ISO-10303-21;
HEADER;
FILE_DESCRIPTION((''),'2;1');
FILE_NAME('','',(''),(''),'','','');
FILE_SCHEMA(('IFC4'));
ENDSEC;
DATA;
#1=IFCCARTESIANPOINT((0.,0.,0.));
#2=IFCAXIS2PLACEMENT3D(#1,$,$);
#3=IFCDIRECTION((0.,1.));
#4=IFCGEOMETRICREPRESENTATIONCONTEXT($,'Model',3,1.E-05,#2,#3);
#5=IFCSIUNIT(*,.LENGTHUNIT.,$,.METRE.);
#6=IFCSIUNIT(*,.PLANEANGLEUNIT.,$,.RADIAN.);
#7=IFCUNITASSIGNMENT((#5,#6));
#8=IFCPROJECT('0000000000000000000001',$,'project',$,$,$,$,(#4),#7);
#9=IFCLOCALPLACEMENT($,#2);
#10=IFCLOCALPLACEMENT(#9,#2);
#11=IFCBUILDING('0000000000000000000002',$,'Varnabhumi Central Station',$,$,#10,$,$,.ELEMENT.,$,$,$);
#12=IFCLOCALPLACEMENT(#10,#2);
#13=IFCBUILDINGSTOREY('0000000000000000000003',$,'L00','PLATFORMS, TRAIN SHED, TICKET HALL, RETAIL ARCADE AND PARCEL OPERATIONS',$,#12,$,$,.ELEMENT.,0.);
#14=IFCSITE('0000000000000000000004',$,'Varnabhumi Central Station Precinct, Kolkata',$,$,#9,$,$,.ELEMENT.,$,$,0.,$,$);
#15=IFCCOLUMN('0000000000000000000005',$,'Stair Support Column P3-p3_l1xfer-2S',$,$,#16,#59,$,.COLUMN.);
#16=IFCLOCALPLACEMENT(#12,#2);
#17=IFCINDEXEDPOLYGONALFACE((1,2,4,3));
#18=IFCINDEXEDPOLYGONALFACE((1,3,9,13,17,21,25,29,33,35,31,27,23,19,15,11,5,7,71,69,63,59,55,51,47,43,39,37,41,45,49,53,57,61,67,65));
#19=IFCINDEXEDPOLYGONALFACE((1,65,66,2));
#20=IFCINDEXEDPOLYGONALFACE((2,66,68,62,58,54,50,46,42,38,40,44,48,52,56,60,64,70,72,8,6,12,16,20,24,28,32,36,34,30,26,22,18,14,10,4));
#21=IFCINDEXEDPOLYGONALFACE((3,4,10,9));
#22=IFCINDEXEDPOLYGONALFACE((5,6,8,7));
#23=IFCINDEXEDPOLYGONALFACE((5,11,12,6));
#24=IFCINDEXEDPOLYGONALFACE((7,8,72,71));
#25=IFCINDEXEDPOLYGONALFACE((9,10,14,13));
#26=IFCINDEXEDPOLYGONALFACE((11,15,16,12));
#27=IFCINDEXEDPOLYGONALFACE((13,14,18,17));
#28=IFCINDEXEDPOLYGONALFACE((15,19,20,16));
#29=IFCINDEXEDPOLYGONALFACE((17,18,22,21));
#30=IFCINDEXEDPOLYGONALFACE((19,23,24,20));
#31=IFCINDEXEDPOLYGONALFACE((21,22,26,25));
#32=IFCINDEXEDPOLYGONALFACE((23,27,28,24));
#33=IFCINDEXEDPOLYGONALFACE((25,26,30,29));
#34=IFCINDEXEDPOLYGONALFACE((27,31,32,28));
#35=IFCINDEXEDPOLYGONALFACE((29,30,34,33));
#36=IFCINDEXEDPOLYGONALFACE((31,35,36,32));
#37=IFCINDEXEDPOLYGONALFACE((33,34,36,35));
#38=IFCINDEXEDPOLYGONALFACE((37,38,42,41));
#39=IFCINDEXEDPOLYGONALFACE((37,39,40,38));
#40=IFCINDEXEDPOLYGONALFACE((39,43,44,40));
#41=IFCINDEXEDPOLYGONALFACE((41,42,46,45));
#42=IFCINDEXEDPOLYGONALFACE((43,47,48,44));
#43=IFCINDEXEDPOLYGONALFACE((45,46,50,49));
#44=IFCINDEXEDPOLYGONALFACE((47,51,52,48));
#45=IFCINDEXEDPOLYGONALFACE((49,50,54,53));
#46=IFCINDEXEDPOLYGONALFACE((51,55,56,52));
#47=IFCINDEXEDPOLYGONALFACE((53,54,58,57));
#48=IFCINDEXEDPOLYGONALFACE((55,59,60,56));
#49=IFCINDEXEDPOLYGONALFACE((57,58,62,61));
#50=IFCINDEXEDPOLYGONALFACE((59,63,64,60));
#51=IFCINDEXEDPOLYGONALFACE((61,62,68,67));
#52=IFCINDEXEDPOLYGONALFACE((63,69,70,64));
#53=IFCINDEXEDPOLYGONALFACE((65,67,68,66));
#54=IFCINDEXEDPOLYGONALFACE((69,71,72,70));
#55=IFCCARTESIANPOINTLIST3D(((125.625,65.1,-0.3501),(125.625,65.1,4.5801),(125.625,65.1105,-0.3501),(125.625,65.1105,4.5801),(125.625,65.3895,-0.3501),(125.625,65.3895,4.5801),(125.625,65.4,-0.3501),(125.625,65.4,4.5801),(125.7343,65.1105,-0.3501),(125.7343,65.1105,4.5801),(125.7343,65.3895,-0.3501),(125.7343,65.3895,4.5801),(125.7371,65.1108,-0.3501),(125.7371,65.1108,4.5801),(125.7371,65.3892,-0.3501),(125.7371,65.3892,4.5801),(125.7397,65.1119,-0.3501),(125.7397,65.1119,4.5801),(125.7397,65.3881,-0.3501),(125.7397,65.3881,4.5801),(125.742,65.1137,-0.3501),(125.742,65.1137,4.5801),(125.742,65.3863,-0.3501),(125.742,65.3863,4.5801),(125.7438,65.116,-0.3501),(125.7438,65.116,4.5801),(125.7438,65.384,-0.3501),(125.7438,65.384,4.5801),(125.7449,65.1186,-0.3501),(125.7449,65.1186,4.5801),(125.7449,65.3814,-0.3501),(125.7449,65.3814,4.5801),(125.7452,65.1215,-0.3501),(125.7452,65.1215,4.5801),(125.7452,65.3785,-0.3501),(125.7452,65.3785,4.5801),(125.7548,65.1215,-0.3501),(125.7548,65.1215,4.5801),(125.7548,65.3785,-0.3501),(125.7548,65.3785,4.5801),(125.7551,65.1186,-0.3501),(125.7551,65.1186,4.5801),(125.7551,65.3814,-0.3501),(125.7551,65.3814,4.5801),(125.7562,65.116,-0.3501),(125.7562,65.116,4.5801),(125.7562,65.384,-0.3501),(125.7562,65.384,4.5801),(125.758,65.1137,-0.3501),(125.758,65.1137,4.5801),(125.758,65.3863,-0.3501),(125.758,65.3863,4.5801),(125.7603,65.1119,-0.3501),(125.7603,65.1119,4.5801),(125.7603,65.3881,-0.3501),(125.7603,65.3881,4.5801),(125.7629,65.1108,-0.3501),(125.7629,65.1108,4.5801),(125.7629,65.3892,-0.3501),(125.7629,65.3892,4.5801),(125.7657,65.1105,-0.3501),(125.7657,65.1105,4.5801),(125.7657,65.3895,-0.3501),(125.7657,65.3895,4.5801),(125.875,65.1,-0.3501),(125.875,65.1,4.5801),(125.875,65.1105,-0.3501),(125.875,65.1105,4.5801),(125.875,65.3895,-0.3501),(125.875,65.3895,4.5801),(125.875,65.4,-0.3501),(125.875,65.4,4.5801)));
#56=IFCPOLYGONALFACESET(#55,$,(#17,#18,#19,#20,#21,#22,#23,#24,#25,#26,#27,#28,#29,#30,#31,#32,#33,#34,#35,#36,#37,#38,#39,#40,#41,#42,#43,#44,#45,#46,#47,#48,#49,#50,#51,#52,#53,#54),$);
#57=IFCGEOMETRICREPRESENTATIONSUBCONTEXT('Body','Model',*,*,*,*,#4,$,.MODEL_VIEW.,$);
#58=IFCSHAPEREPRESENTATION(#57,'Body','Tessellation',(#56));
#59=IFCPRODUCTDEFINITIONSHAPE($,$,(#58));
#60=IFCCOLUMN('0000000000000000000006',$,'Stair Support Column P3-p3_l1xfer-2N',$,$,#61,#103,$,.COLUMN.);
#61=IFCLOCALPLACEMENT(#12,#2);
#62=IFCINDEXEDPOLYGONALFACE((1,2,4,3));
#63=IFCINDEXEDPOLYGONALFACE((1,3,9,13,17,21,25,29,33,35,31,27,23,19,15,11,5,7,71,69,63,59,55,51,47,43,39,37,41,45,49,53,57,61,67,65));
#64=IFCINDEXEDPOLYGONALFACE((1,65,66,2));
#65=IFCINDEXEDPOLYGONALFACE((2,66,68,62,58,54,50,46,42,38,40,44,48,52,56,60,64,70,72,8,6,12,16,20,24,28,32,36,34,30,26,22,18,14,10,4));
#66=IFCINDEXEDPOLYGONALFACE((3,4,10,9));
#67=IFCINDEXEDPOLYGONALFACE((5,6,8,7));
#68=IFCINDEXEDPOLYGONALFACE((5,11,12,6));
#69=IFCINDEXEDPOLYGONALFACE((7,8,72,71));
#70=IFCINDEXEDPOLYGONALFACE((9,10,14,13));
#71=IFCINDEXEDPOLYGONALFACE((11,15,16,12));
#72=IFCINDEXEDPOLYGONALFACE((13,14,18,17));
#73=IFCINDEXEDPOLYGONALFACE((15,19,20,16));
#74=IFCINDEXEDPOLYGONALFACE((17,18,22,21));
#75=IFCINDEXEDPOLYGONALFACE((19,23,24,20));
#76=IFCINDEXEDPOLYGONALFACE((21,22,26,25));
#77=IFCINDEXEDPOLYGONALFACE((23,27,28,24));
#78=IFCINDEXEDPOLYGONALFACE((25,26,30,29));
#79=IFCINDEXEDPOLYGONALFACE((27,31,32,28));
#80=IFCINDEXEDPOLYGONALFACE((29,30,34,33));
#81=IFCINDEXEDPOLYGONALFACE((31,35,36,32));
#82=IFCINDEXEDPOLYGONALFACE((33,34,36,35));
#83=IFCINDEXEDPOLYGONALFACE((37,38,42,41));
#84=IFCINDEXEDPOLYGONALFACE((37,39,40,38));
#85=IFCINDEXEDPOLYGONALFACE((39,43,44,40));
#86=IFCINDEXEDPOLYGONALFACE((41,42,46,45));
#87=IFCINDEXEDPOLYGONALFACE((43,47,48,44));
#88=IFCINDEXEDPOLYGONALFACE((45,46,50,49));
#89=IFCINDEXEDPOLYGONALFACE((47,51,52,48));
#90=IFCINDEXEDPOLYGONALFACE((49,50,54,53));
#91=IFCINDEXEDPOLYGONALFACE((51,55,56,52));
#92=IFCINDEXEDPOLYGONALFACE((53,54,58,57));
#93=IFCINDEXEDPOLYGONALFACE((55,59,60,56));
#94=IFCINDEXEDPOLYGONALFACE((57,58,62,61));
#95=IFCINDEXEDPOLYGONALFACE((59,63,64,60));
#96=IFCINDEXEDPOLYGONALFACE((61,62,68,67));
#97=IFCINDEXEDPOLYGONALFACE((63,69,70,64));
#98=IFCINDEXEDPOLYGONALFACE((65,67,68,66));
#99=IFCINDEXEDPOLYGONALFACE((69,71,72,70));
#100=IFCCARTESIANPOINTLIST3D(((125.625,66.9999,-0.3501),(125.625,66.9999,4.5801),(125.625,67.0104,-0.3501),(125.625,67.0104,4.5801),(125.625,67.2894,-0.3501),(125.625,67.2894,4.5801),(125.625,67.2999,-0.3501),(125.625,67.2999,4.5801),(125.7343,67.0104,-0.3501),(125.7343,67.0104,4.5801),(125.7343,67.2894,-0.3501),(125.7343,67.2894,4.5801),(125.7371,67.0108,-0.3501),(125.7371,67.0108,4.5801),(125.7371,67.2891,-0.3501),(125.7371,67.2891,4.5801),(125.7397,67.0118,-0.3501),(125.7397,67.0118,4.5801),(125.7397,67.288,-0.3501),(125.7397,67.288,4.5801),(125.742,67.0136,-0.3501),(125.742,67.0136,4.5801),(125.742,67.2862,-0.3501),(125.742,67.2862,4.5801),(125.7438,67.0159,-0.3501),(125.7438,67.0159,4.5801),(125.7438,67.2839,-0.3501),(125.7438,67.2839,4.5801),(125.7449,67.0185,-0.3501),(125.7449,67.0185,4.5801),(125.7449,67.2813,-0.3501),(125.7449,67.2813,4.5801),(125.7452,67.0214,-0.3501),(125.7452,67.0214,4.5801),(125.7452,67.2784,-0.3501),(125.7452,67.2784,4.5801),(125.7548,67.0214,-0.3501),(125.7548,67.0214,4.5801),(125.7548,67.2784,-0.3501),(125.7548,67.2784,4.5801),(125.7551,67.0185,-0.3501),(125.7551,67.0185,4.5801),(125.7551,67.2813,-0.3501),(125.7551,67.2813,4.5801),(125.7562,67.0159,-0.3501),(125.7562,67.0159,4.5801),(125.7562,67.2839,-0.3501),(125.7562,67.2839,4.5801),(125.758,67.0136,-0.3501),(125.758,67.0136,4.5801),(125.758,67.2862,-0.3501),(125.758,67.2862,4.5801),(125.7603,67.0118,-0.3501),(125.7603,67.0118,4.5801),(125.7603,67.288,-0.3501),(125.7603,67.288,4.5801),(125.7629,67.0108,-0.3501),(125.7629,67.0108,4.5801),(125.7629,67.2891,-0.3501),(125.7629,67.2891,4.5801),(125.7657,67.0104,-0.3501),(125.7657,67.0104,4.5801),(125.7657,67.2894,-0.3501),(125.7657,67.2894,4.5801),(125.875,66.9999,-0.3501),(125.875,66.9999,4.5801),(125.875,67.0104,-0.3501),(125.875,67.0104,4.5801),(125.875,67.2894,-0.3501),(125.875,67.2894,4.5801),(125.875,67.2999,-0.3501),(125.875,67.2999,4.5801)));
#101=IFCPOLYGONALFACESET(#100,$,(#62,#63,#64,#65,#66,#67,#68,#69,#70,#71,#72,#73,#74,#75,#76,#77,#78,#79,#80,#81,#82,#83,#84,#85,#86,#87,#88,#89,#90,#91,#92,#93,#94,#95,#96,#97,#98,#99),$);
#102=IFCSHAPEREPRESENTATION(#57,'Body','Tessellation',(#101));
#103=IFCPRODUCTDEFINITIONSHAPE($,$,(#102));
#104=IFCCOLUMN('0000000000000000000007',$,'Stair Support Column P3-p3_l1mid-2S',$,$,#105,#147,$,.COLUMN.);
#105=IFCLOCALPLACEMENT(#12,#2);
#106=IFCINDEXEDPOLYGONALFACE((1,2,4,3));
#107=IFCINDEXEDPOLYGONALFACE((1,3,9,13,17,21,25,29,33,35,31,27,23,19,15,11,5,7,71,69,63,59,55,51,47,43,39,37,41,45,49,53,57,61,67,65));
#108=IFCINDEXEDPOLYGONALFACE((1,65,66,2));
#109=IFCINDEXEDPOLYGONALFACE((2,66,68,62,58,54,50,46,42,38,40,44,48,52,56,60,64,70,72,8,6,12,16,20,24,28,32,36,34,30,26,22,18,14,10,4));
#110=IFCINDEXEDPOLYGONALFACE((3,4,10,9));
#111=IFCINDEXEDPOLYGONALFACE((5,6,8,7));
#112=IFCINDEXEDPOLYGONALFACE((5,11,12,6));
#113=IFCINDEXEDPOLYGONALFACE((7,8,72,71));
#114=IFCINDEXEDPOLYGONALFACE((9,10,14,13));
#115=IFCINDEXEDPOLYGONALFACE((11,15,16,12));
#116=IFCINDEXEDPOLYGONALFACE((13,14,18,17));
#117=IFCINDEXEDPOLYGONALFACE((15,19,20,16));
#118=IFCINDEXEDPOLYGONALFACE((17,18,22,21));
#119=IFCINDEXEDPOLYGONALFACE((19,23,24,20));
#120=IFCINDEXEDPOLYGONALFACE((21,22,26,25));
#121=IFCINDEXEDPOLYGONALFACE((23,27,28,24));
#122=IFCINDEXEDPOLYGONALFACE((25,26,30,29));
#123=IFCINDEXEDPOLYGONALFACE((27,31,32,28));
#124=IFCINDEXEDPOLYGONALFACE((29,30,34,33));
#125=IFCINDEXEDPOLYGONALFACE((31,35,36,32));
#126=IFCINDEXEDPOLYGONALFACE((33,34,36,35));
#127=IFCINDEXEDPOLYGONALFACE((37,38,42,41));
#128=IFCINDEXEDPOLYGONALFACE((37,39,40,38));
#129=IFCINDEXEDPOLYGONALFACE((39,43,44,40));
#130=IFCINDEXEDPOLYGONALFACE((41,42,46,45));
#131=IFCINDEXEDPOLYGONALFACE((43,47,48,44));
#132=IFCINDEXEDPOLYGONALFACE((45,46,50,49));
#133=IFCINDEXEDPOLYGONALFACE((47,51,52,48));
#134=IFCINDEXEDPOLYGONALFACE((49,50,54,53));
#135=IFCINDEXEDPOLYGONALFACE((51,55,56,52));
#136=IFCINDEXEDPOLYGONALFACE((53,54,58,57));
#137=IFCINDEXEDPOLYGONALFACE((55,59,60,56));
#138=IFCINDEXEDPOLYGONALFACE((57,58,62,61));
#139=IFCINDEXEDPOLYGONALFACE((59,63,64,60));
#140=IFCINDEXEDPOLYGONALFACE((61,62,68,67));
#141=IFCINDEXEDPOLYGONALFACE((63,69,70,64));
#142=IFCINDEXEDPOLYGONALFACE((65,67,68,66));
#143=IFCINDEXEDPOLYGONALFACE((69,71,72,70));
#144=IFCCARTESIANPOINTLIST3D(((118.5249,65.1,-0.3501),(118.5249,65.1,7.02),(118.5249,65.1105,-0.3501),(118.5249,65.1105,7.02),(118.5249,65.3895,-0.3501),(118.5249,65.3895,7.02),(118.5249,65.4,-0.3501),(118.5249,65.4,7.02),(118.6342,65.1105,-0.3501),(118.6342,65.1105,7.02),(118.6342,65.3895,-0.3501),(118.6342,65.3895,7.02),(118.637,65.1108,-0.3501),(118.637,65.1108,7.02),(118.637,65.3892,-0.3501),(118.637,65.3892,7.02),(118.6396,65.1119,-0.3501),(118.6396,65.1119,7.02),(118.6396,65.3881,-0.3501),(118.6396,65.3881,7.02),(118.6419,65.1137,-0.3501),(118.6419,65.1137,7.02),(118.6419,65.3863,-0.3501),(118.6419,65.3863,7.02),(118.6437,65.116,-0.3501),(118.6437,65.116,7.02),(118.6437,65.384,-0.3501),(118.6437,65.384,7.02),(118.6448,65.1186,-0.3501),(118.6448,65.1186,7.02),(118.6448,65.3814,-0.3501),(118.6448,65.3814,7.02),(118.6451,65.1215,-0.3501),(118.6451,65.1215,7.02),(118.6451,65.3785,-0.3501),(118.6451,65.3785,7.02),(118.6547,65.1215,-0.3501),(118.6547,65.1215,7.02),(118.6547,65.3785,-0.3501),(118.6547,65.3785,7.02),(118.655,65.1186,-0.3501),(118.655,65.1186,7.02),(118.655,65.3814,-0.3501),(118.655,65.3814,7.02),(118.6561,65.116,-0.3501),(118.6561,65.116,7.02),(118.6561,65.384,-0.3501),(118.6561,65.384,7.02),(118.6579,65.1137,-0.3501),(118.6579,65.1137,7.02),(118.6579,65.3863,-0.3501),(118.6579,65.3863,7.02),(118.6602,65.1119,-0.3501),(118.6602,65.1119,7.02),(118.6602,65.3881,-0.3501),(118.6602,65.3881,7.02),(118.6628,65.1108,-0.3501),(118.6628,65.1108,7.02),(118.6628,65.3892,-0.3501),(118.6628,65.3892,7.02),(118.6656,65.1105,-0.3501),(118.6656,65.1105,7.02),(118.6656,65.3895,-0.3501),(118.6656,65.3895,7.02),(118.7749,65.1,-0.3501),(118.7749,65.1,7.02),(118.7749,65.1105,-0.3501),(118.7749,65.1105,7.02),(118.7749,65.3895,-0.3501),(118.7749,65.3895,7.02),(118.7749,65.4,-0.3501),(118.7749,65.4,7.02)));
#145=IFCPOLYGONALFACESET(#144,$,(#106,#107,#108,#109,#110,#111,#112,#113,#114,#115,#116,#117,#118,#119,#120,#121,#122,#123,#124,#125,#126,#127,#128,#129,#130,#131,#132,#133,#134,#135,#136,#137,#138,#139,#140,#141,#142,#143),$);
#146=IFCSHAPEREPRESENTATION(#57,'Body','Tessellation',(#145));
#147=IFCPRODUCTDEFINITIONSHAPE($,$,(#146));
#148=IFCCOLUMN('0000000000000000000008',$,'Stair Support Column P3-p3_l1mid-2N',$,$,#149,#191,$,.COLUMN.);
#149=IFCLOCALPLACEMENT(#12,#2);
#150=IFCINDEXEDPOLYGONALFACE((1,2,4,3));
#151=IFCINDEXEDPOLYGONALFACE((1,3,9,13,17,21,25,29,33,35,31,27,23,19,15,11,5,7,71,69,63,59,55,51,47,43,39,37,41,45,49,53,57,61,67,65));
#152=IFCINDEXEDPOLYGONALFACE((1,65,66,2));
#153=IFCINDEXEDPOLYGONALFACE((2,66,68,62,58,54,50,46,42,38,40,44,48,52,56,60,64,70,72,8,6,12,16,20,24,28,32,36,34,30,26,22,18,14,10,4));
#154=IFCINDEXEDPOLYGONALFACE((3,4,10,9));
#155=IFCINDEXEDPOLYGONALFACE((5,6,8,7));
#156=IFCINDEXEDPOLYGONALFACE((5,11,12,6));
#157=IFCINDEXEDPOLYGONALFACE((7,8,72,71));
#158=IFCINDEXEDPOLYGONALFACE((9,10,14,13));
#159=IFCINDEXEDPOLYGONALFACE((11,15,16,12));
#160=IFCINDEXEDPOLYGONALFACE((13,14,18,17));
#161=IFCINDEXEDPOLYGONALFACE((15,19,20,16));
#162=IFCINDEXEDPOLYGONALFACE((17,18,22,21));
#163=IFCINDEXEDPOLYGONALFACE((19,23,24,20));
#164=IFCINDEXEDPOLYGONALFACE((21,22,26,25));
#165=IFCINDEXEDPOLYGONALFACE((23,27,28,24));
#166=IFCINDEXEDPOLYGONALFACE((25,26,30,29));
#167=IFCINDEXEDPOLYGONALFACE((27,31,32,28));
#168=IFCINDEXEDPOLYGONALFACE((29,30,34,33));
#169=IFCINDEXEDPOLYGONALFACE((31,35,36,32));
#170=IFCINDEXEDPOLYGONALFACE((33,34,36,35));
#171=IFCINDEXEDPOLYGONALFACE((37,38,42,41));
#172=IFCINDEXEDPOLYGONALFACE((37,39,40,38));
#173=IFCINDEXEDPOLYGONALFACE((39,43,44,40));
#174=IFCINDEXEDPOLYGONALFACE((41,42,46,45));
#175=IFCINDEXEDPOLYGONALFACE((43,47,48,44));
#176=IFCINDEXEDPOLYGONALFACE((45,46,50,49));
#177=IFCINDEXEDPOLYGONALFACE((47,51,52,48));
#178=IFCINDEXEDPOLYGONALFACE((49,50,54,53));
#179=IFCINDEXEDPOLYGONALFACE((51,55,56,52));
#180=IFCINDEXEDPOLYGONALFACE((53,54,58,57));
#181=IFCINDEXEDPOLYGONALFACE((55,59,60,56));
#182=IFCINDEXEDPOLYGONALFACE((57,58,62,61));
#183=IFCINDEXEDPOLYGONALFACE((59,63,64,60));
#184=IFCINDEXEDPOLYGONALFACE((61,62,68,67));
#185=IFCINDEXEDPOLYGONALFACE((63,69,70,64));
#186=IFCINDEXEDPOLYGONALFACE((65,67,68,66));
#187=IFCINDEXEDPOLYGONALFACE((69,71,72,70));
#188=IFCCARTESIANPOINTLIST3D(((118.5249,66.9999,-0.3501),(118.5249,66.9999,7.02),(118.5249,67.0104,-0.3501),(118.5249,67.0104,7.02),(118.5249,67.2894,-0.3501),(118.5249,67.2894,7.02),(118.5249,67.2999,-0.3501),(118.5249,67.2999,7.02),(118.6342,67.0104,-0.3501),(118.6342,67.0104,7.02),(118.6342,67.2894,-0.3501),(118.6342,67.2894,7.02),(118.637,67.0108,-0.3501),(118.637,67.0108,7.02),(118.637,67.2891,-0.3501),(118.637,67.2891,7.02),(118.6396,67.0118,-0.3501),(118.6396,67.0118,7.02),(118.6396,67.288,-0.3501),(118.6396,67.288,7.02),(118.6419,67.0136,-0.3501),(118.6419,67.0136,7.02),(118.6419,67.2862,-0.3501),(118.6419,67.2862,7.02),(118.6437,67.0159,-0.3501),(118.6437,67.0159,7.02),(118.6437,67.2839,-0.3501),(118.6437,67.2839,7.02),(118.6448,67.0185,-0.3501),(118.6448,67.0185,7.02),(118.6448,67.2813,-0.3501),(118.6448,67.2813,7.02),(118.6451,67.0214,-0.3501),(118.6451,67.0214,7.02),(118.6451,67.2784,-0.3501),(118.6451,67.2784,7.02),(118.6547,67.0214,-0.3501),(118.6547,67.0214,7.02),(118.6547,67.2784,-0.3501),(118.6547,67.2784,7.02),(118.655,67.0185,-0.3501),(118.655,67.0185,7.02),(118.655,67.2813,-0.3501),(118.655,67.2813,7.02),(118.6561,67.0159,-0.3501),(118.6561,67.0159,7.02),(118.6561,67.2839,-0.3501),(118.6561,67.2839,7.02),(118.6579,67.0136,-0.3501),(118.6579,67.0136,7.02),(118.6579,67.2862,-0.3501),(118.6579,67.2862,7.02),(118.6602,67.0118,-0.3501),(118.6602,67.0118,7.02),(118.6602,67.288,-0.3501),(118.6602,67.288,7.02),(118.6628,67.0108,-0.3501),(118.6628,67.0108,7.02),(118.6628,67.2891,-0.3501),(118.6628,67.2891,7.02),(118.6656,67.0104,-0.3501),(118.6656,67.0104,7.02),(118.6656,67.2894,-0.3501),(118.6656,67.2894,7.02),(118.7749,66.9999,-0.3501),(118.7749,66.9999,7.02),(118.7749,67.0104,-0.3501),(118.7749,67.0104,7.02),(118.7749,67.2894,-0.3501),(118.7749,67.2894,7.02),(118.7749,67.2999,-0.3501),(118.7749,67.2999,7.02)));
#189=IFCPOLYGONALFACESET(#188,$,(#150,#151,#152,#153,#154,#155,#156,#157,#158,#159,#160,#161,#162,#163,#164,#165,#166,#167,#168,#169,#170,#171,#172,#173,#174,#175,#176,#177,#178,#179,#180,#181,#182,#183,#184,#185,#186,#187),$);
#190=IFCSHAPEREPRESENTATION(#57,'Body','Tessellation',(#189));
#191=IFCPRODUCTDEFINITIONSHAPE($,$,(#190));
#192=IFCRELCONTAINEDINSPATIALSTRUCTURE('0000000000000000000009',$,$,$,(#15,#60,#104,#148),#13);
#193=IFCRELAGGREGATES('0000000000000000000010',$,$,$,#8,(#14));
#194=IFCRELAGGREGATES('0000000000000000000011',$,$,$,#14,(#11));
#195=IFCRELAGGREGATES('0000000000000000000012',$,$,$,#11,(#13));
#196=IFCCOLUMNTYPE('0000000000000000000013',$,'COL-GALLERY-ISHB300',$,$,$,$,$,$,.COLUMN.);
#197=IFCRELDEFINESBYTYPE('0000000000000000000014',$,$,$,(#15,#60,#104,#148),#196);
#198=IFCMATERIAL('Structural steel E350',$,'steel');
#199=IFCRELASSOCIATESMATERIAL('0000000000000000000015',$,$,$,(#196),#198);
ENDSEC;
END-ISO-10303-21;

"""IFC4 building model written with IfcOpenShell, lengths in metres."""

from ifc_helpers import new_model, si_unit, direction, frame, origin, origin_2d, place, context, subcontext, project, spatial, i_section, extrude, material, material_profile, profile_set, type_object, element, save


model = new_model("IFC4")

# Units and contexts
model_context = context("Model", 3, precision=1e-05, world=origin(), true_north=direction((0.0, 1.0)))
body_context = subcontext(model_context, "Body", "Model", "MODEL_VIEW")
ifc_project = project(units=[si_unit("LENGTHUNIT", "METRE"), si_unit("PLANEANGLEUNIT", "RADIAN")], contexts=[model_context])

# Site, building, storey
site_placement = place(None, origin())
site = spatial("IfcSite", under=ifc_project, at=site_placement, Name="Varnabhumi Central Station Precinct, Kolkata", CompositionType="ELEMENT", RefElevation=0.0)
building_placement = place(site_placement, origin())
building = spatial("IfcBuilding", under=site, at=building_placement, Name="Varnabhumi Central Station", CompositionType="ELEMENT")
storey_placement = place(building_placement, origin())
storey = spatial("IfcBuildingStorey", under=building, at=storey_placement, Name="L00", Description="PLATFORMS, TRAIN SHED, TICKET HALL, RETAIL ARCADE AND PARCEL OPERATIONS", CompositionType="ELEMENT", Elevation=0.0)

# Columns
ifc_material_1 = material(Name="Structural steel E350", Category="steel")
ifc_material_profile_1 = material_profile(ifc_material_1, i_section(OverallWidth=0.25, OverallDepth=0.3, WebThickness=0.0095, FlangeThickness=0.0105, FilletRadius=0.011, at=origin_2d()), Name="Structural steel E350", Category="steel")
ifc_profile_set_1 = profile_set([ifc_material_profile_1], Name="Structural steel E350")
column_type = type_object("IfcColumnType", Name="COL-GALLERY-ISHB300", PredefinedType="COLUMN", material=ifc_profile_set_1)
for number, where, z_axis, x_axis, name in (
    (1, (125.75, 65.25, -0.3501), (0.0, 0.0, 1.0), (1.0, 0.0, 0.0), "Stair Support Column P3-p3_l1xfer-2S"),
    (2, (125.75, 67.1499, -0.3501), (0.0, 0.0, 1.0), (1.0, 0.0, 0.0), "Stair Support Column P3-p3_l1xfer-2N"),
):
    element("IfcColumn", number, at=place(storey_placement, frame(where, z_axis=z_axis, x_axis=x_axis)), inside=storey, type_object=column_type, Name=name, PredefinedType="COLUMN", context=body_context, shape_type="SweptSolid", body=[
        extrude(i_section(OverallWidth=0.25, OverallDepth=0.3, WebThickness=0.0095, FlangeThickness=0.0105, FilletRadius=0.011, at=origin_2d()), origin(), (0.0, 0.0, 1.0), 4.9302),
    ])
for number, where, z_axis, x_axis, name in (
    (3, (118.6499, 65.25, -0.3501), (0.0, 0.0, 1.0), (1.0, 0.0, 0.0), "Stair Support Column P3-p3_l1mid-2S"),
    (4, (118.6499, 67.1499, -0.3501), (0.0, 0.0, 1.0), (1.0, 0.0, 0.0), "Stair Support Column P3-p3_l1mid-2N"),
):
    element("IfcColumn", number, at=place(storey_placement, frame(where, z_axis=z_axis, x_axis=x_axis)), inside=storey, type_object=column_type, Name=name, PredefinedType="COLUMN", context=body_context, shape_type="SweptSolid", body=[
        extrude(i_section(OverallWidth=0.25, OverallDepth=0.3, WebThickness=0.0095, FlangeThickness=0.0105, FilletRadius=0.011, at=origin_2d()), origin(), (0.0, 0.0, 1.0), 7.3701),
    ])

save(model, "model.ifc")
